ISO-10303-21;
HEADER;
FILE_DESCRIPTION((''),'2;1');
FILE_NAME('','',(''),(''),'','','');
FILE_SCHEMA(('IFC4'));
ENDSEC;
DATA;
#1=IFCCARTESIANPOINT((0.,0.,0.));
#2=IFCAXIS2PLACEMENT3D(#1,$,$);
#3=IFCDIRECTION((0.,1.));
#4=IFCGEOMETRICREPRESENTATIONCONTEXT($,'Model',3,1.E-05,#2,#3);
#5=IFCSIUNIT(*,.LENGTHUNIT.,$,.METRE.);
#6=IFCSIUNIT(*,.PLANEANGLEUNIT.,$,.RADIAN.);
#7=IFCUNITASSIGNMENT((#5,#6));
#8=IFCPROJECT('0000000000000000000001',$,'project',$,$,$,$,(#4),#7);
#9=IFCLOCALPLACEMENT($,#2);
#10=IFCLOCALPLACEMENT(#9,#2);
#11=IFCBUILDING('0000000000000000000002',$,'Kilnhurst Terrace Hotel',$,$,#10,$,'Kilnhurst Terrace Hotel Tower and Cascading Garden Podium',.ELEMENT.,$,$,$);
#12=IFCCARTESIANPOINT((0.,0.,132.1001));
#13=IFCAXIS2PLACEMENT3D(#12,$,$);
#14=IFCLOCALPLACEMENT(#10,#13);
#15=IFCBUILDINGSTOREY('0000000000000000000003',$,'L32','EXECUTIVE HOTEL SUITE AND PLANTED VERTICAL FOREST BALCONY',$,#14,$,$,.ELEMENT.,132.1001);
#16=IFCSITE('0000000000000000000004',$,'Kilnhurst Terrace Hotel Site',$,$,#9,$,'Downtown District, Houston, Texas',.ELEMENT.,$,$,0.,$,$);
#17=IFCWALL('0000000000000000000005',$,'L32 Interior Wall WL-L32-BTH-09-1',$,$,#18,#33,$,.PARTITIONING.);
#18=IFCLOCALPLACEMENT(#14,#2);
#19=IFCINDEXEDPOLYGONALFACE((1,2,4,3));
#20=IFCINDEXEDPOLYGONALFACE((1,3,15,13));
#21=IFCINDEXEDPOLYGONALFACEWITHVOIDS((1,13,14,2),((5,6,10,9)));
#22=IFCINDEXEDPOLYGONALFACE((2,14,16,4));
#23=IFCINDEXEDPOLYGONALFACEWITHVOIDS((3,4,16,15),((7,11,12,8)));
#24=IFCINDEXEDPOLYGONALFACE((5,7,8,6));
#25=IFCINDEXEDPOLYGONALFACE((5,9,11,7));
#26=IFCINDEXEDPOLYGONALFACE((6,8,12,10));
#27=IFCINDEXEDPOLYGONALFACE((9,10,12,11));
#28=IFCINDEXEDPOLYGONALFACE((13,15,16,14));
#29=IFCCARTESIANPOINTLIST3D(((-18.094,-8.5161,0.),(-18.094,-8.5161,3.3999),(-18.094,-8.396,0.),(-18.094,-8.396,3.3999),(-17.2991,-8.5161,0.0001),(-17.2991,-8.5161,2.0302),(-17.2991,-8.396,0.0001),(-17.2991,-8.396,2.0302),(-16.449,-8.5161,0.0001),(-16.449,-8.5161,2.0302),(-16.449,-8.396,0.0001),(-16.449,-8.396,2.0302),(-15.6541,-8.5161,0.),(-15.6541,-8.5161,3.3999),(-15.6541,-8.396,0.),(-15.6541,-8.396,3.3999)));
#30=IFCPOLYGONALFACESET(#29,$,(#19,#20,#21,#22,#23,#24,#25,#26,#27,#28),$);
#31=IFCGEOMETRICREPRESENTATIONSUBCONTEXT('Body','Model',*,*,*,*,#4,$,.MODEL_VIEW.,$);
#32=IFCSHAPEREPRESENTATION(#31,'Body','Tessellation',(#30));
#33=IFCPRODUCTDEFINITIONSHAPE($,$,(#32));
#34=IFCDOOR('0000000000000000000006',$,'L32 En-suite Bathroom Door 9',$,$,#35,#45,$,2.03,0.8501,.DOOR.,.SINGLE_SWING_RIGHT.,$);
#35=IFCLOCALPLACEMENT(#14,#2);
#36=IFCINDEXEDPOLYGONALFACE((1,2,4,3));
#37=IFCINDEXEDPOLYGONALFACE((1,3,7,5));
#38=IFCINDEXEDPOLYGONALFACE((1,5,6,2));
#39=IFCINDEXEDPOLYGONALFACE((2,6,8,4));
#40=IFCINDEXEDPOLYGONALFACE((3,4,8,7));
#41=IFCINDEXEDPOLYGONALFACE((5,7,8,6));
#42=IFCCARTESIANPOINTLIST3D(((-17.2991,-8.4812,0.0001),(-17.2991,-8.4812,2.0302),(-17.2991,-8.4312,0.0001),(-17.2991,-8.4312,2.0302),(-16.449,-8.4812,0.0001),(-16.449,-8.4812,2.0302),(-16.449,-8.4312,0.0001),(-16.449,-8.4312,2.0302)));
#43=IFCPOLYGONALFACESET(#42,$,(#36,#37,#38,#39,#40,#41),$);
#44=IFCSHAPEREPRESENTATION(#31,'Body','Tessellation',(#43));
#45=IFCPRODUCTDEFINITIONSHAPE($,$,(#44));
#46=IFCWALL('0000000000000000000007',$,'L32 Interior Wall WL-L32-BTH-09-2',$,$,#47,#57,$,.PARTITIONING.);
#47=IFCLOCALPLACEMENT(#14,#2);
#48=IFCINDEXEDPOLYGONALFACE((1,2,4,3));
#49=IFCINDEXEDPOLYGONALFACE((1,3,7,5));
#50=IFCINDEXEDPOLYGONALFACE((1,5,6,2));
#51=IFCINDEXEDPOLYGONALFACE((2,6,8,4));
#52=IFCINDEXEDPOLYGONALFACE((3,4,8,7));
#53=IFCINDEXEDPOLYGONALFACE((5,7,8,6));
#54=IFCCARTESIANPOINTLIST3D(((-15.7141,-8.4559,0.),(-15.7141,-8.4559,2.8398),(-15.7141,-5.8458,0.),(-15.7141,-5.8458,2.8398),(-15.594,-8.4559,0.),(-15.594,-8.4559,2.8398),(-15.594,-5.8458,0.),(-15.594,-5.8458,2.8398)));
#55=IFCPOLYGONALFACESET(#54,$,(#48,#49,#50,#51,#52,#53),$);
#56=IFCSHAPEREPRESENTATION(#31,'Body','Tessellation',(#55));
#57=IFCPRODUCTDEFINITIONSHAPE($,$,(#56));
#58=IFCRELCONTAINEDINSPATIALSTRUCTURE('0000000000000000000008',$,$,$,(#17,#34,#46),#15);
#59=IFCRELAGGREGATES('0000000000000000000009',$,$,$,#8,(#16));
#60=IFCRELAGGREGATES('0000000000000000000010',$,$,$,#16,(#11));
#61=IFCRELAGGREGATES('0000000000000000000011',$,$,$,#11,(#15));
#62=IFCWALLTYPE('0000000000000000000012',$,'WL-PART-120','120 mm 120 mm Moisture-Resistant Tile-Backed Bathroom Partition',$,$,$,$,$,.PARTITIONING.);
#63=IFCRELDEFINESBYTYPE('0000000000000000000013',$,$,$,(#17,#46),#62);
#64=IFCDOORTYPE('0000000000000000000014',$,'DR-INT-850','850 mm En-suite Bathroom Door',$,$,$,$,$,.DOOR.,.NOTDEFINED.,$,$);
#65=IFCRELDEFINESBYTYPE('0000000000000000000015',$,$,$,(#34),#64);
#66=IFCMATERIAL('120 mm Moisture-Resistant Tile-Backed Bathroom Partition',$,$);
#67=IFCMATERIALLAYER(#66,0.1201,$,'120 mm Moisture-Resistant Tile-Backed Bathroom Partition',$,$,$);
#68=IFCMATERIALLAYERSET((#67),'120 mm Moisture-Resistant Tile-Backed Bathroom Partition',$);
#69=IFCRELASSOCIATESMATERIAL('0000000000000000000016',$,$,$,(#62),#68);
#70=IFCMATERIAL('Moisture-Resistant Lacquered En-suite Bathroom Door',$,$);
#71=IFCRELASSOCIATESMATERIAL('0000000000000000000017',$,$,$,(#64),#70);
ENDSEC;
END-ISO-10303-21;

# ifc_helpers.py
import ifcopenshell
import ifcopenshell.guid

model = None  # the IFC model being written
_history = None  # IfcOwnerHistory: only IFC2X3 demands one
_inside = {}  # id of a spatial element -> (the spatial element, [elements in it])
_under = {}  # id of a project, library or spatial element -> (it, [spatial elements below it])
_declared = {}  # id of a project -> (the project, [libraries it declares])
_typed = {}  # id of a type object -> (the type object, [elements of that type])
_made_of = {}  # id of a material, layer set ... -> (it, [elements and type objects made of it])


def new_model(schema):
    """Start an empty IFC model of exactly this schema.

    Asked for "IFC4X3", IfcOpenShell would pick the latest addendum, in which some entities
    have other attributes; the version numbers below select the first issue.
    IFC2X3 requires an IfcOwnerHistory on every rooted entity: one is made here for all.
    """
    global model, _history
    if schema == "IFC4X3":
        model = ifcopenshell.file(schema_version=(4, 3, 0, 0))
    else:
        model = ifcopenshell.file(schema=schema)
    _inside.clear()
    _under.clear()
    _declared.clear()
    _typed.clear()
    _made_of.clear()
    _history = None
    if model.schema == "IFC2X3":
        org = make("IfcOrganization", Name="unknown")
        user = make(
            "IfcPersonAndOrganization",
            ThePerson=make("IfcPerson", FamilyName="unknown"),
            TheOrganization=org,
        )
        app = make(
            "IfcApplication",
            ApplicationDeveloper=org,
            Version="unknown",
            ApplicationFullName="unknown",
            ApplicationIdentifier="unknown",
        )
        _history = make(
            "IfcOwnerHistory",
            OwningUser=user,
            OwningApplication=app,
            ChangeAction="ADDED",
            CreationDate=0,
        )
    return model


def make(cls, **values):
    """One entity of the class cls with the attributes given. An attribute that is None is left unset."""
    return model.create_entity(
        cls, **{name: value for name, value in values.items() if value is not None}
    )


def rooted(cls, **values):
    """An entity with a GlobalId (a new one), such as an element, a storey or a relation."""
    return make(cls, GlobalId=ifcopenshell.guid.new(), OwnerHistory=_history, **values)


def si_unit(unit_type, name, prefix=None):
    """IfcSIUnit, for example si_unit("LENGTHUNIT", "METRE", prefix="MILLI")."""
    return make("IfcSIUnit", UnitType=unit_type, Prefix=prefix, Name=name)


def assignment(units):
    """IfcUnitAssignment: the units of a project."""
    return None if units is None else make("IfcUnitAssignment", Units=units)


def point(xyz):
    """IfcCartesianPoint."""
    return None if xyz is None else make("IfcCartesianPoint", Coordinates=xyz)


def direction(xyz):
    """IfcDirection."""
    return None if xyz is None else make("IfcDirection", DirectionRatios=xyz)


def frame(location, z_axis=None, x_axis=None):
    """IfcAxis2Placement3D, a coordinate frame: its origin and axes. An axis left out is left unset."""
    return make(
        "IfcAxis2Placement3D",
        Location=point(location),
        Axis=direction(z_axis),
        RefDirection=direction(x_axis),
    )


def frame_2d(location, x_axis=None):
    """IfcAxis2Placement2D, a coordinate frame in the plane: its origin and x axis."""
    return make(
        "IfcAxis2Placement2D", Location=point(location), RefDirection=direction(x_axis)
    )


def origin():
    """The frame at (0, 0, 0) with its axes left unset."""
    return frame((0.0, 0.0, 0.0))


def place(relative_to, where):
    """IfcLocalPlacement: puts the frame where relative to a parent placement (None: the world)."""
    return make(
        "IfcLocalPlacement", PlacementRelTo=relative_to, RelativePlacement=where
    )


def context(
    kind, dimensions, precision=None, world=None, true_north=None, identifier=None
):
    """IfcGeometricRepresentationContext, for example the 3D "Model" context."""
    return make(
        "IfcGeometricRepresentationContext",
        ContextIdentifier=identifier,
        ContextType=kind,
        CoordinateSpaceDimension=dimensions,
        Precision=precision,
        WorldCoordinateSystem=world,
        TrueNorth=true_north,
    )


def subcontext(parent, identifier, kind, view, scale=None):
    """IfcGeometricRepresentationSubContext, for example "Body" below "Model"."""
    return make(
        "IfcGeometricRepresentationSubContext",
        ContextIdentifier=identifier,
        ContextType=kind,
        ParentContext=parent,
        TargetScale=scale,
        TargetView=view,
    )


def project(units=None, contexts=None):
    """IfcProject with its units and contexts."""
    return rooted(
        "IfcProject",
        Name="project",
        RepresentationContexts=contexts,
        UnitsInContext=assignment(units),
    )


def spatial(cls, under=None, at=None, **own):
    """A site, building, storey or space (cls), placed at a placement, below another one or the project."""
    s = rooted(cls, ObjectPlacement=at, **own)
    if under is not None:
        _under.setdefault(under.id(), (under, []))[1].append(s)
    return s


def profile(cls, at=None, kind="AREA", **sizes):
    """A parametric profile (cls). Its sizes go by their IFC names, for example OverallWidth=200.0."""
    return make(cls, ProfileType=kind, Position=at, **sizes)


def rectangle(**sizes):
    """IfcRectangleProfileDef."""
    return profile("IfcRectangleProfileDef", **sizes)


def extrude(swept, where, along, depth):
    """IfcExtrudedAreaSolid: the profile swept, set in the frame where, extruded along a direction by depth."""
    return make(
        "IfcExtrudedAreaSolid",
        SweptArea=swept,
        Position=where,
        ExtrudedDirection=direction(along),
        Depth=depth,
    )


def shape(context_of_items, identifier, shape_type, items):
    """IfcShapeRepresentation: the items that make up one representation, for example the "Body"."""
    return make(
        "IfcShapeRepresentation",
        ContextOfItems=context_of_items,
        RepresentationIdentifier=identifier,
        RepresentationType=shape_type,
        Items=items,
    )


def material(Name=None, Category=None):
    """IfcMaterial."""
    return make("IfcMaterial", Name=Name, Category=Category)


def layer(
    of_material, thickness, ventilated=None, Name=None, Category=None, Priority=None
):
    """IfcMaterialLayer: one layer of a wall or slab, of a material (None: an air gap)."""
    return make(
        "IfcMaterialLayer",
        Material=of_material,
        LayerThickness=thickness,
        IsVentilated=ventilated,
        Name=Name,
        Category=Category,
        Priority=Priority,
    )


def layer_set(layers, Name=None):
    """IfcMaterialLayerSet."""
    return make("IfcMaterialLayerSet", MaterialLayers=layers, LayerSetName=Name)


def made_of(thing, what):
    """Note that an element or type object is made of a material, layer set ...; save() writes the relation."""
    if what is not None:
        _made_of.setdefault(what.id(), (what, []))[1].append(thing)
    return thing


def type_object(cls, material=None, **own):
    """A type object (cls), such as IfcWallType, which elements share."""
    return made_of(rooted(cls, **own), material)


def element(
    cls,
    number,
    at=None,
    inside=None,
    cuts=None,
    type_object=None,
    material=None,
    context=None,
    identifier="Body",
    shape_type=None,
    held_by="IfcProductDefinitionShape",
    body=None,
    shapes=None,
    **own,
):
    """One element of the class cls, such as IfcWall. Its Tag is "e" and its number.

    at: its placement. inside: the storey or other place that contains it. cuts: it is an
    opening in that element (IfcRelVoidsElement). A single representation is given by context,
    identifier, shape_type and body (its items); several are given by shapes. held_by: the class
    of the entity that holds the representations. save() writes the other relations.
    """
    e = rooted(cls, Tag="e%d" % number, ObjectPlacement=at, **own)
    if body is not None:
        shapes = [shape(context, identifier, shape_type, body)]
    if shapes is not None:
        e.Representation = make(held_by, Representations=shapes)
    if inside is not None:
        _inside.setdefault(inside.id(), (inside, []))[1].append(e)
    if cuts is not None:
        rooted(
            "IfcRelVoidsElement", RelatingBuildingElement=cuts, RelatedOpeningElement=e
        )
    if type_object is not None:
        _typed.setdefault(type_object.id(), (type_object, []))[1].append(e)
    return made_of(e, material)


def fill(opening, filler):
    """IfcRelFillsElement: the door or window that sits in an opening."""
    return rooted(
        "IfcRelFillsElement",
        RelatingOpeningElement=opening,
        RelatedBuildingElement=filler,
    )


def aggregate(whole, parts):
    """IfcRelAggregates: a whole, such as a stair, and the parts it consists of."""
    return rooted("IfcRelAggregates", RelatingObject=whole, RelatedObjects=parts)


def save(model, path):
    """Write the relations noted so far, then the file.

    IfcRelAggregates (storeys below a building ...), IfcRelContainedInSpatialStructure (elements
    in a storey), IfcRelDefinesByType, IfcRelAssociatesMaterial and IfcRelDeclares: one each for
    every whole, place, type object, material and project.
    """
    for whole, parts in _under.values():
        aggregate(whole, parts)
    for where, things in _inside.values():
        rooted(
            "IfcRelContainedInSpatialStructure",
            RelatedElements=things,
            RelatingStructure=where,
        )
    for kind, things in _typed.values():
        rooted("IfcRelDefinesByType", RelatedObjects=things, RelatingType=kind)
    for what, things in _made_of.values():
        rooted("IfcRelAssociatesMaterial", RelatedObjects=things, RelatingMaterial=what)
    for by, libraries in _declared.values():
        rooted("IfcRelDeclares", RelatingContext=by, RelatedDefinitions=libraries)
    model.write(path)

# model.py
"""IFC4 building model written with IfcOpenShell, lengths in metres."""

from ifc_helpers import new_model, si_unit, direction, frame, frame_2d, origin, place, context, subcontext, project, spatial, rectangle, extrude, material, layer, layer_set, type_object, element, fill, save


model = new_model("IFC4")

# Units and contexts
model_context = context("Model", 3, precision=1e-05, world=origin(), true_north=direction((0.0, 1.0)))
body_context = subcontext(model_context, "Body", "Model", "MODEL_VIEW")
ifc_project = project(units=[si_unit("LENGTHUNIT", "METRE"), si_unit("PLANEANGLEUNIT", "RADIAN")], contexts=[model_context])

# Site, building, storey
site_placement = place(None, origin())
site = spatial("IfcSite", under=ifc_project, at=site_placement, Name="Kilnhurst Terrace Hotel Site", LongName="Downtown District, Houston, Texas", CompositionType="ELEMENT", RefElevation=0.0)
building_placement = place(site_placement, origin())
building = spatial("IfcBuilding", under=site, at=building_placement, Name="Kilnhurst Terrace Hotel", LongName="Kilnhurst Terrace Hotel Tower and Cascading Garden Podium", CompositionType="ELEMENT")
storey_placement = place(building_placement, frame((0.0, 0.0, 132.1001)))
storey = spatial("IfcBuildingStorey", under=building, at=storey_placement, Name="L32", Description="EXECUTIVE HOTEL SUITE AND PLANTED VERTICAL FOREST BALCONY", CompositionType="ELEMENT", Elevation=132.1001)

# Wall, opening, door
ifc_material_1 = material(Name="120 mm Moisture-Resistant Tile-Backed Bathroom Partition")
ifc_layer_1 = layer(ifc_material_1, 0.1201, Name="120 mm Moisture-Resistant Tile-Backed Bathroom Partition")
ifc_layer_set_1 = layer_set([ifc_layer_1], Name="120 mm Moisture-Resistant Tile-Backed Bathroom Partition")
wall_type_1 = type_object("IfcWallType", Name="WL-PART-120", Description="120 mm 120 mm Moisture-Resistant Tile-Backed Bathroom Partition", PredefinedType="PARTITIONING", material=ifc_layer_set_1)
wall_1_placement = place(storey_placement, frame((-18.094, -8.4561, 0.0), z_axis=(0.0, 0.0, 1.0), x_axis=(1.0, 0.0, 0.0)))
wall_1 = element("IfcWall", 1, at=wall_1_placement, inside=storey, type_object=wall_type_1, Name="L32 Interior Wall WL-L32-BTH-09-1", PredefinedType="PARTITIONING", context=body_context, shape_type="SweptSolid", body=[
    extrude(rectangle(XDim=2.4399, YDim=0.1201, at=frame_2d((1.22, 0.0))), origin(), (0.0, 0.0, 1.0), 3.3999),
])
opening_1_placement = place(wall_1_placement, frame((0.7949, 0.0, 0.0)))
opening_1 = element("IfcOpeningElement", 2, at=opening_1_placement, cuts=wall_1, PredefinedType="OPENING", context=body_context, shape_type="SweptSolid", body=[
    extrude(rectangle(XDim=0.8501, YDim=2.03, at=frame_2d((0.425, 1.0151))), frame((0.0, 0.0701, 0.0), z_axis=(0.0, -1.0, 0.0), x_axis=(1.0, 0.0, 0.0)), (0.0, 0.0, 1.0), 0.1401),
])
ifc_material_2 = material(Name="Moisture-Resistant Lacquered En-suite Bathroom Door")
door_type_1 = type_object("IfcDoorType", Name="DR-INT-850", Description="850 mm En-suite Bathroom Door", OperationType="NOTDEFINED", PredefinedType="DOOR", material=ifc_material_2)
door_1_placement = place(opening_1_placement, origin())
door_1 = element("IfcDoor", 3, at=door_1_placement, inside=storey, type_object=door_type_1, Name="L32 En-suite Bathroom Door 9", OperationType="SINGLE_SWING_RIGHT", OverallHeight=2.03, OverallWidth=0.8501, PredefinedType="DOOR", context=body_context, shape_type="SweptSolid", body=[
    extrude(rectangle(XDim=0.8501, YDim=2.03, at=frame_2d((0.425, 1.0151))), frame((0.0, 0.0249, 0.0), z_axis=(0.0, -1.0, 0.0), x_axis=(1.0, 0.0, 0.0)), (0.0, 0.0, 1.0), 0.05),
])
fill(opening_1, door_1)

# Wall
wall_2_placement = place(storey_placement, frame((-15.6541, -8.4561, 0.0), z_axis=(0.0, 0.0, 1.0), x_axis=(0.0, 1.0, 0.0)))
element("IfcWall", 4, at=wall_2_placement, inside=storey, type_object=wall_type_1, Name="L32 Interior Wall WL-L32-BTH-09-2", PredefinedType="PARTITIONING", context=body_context, shape_type="SweptSolid", body=[
    extrude(rectangle(XDim=2.6101, YDim=0.1201, at=frame_2d((1.3052, 0.0))), origin(), (0.0, 0.0, 1.0), 2.8398),
])

save(model, "model.ifc")
